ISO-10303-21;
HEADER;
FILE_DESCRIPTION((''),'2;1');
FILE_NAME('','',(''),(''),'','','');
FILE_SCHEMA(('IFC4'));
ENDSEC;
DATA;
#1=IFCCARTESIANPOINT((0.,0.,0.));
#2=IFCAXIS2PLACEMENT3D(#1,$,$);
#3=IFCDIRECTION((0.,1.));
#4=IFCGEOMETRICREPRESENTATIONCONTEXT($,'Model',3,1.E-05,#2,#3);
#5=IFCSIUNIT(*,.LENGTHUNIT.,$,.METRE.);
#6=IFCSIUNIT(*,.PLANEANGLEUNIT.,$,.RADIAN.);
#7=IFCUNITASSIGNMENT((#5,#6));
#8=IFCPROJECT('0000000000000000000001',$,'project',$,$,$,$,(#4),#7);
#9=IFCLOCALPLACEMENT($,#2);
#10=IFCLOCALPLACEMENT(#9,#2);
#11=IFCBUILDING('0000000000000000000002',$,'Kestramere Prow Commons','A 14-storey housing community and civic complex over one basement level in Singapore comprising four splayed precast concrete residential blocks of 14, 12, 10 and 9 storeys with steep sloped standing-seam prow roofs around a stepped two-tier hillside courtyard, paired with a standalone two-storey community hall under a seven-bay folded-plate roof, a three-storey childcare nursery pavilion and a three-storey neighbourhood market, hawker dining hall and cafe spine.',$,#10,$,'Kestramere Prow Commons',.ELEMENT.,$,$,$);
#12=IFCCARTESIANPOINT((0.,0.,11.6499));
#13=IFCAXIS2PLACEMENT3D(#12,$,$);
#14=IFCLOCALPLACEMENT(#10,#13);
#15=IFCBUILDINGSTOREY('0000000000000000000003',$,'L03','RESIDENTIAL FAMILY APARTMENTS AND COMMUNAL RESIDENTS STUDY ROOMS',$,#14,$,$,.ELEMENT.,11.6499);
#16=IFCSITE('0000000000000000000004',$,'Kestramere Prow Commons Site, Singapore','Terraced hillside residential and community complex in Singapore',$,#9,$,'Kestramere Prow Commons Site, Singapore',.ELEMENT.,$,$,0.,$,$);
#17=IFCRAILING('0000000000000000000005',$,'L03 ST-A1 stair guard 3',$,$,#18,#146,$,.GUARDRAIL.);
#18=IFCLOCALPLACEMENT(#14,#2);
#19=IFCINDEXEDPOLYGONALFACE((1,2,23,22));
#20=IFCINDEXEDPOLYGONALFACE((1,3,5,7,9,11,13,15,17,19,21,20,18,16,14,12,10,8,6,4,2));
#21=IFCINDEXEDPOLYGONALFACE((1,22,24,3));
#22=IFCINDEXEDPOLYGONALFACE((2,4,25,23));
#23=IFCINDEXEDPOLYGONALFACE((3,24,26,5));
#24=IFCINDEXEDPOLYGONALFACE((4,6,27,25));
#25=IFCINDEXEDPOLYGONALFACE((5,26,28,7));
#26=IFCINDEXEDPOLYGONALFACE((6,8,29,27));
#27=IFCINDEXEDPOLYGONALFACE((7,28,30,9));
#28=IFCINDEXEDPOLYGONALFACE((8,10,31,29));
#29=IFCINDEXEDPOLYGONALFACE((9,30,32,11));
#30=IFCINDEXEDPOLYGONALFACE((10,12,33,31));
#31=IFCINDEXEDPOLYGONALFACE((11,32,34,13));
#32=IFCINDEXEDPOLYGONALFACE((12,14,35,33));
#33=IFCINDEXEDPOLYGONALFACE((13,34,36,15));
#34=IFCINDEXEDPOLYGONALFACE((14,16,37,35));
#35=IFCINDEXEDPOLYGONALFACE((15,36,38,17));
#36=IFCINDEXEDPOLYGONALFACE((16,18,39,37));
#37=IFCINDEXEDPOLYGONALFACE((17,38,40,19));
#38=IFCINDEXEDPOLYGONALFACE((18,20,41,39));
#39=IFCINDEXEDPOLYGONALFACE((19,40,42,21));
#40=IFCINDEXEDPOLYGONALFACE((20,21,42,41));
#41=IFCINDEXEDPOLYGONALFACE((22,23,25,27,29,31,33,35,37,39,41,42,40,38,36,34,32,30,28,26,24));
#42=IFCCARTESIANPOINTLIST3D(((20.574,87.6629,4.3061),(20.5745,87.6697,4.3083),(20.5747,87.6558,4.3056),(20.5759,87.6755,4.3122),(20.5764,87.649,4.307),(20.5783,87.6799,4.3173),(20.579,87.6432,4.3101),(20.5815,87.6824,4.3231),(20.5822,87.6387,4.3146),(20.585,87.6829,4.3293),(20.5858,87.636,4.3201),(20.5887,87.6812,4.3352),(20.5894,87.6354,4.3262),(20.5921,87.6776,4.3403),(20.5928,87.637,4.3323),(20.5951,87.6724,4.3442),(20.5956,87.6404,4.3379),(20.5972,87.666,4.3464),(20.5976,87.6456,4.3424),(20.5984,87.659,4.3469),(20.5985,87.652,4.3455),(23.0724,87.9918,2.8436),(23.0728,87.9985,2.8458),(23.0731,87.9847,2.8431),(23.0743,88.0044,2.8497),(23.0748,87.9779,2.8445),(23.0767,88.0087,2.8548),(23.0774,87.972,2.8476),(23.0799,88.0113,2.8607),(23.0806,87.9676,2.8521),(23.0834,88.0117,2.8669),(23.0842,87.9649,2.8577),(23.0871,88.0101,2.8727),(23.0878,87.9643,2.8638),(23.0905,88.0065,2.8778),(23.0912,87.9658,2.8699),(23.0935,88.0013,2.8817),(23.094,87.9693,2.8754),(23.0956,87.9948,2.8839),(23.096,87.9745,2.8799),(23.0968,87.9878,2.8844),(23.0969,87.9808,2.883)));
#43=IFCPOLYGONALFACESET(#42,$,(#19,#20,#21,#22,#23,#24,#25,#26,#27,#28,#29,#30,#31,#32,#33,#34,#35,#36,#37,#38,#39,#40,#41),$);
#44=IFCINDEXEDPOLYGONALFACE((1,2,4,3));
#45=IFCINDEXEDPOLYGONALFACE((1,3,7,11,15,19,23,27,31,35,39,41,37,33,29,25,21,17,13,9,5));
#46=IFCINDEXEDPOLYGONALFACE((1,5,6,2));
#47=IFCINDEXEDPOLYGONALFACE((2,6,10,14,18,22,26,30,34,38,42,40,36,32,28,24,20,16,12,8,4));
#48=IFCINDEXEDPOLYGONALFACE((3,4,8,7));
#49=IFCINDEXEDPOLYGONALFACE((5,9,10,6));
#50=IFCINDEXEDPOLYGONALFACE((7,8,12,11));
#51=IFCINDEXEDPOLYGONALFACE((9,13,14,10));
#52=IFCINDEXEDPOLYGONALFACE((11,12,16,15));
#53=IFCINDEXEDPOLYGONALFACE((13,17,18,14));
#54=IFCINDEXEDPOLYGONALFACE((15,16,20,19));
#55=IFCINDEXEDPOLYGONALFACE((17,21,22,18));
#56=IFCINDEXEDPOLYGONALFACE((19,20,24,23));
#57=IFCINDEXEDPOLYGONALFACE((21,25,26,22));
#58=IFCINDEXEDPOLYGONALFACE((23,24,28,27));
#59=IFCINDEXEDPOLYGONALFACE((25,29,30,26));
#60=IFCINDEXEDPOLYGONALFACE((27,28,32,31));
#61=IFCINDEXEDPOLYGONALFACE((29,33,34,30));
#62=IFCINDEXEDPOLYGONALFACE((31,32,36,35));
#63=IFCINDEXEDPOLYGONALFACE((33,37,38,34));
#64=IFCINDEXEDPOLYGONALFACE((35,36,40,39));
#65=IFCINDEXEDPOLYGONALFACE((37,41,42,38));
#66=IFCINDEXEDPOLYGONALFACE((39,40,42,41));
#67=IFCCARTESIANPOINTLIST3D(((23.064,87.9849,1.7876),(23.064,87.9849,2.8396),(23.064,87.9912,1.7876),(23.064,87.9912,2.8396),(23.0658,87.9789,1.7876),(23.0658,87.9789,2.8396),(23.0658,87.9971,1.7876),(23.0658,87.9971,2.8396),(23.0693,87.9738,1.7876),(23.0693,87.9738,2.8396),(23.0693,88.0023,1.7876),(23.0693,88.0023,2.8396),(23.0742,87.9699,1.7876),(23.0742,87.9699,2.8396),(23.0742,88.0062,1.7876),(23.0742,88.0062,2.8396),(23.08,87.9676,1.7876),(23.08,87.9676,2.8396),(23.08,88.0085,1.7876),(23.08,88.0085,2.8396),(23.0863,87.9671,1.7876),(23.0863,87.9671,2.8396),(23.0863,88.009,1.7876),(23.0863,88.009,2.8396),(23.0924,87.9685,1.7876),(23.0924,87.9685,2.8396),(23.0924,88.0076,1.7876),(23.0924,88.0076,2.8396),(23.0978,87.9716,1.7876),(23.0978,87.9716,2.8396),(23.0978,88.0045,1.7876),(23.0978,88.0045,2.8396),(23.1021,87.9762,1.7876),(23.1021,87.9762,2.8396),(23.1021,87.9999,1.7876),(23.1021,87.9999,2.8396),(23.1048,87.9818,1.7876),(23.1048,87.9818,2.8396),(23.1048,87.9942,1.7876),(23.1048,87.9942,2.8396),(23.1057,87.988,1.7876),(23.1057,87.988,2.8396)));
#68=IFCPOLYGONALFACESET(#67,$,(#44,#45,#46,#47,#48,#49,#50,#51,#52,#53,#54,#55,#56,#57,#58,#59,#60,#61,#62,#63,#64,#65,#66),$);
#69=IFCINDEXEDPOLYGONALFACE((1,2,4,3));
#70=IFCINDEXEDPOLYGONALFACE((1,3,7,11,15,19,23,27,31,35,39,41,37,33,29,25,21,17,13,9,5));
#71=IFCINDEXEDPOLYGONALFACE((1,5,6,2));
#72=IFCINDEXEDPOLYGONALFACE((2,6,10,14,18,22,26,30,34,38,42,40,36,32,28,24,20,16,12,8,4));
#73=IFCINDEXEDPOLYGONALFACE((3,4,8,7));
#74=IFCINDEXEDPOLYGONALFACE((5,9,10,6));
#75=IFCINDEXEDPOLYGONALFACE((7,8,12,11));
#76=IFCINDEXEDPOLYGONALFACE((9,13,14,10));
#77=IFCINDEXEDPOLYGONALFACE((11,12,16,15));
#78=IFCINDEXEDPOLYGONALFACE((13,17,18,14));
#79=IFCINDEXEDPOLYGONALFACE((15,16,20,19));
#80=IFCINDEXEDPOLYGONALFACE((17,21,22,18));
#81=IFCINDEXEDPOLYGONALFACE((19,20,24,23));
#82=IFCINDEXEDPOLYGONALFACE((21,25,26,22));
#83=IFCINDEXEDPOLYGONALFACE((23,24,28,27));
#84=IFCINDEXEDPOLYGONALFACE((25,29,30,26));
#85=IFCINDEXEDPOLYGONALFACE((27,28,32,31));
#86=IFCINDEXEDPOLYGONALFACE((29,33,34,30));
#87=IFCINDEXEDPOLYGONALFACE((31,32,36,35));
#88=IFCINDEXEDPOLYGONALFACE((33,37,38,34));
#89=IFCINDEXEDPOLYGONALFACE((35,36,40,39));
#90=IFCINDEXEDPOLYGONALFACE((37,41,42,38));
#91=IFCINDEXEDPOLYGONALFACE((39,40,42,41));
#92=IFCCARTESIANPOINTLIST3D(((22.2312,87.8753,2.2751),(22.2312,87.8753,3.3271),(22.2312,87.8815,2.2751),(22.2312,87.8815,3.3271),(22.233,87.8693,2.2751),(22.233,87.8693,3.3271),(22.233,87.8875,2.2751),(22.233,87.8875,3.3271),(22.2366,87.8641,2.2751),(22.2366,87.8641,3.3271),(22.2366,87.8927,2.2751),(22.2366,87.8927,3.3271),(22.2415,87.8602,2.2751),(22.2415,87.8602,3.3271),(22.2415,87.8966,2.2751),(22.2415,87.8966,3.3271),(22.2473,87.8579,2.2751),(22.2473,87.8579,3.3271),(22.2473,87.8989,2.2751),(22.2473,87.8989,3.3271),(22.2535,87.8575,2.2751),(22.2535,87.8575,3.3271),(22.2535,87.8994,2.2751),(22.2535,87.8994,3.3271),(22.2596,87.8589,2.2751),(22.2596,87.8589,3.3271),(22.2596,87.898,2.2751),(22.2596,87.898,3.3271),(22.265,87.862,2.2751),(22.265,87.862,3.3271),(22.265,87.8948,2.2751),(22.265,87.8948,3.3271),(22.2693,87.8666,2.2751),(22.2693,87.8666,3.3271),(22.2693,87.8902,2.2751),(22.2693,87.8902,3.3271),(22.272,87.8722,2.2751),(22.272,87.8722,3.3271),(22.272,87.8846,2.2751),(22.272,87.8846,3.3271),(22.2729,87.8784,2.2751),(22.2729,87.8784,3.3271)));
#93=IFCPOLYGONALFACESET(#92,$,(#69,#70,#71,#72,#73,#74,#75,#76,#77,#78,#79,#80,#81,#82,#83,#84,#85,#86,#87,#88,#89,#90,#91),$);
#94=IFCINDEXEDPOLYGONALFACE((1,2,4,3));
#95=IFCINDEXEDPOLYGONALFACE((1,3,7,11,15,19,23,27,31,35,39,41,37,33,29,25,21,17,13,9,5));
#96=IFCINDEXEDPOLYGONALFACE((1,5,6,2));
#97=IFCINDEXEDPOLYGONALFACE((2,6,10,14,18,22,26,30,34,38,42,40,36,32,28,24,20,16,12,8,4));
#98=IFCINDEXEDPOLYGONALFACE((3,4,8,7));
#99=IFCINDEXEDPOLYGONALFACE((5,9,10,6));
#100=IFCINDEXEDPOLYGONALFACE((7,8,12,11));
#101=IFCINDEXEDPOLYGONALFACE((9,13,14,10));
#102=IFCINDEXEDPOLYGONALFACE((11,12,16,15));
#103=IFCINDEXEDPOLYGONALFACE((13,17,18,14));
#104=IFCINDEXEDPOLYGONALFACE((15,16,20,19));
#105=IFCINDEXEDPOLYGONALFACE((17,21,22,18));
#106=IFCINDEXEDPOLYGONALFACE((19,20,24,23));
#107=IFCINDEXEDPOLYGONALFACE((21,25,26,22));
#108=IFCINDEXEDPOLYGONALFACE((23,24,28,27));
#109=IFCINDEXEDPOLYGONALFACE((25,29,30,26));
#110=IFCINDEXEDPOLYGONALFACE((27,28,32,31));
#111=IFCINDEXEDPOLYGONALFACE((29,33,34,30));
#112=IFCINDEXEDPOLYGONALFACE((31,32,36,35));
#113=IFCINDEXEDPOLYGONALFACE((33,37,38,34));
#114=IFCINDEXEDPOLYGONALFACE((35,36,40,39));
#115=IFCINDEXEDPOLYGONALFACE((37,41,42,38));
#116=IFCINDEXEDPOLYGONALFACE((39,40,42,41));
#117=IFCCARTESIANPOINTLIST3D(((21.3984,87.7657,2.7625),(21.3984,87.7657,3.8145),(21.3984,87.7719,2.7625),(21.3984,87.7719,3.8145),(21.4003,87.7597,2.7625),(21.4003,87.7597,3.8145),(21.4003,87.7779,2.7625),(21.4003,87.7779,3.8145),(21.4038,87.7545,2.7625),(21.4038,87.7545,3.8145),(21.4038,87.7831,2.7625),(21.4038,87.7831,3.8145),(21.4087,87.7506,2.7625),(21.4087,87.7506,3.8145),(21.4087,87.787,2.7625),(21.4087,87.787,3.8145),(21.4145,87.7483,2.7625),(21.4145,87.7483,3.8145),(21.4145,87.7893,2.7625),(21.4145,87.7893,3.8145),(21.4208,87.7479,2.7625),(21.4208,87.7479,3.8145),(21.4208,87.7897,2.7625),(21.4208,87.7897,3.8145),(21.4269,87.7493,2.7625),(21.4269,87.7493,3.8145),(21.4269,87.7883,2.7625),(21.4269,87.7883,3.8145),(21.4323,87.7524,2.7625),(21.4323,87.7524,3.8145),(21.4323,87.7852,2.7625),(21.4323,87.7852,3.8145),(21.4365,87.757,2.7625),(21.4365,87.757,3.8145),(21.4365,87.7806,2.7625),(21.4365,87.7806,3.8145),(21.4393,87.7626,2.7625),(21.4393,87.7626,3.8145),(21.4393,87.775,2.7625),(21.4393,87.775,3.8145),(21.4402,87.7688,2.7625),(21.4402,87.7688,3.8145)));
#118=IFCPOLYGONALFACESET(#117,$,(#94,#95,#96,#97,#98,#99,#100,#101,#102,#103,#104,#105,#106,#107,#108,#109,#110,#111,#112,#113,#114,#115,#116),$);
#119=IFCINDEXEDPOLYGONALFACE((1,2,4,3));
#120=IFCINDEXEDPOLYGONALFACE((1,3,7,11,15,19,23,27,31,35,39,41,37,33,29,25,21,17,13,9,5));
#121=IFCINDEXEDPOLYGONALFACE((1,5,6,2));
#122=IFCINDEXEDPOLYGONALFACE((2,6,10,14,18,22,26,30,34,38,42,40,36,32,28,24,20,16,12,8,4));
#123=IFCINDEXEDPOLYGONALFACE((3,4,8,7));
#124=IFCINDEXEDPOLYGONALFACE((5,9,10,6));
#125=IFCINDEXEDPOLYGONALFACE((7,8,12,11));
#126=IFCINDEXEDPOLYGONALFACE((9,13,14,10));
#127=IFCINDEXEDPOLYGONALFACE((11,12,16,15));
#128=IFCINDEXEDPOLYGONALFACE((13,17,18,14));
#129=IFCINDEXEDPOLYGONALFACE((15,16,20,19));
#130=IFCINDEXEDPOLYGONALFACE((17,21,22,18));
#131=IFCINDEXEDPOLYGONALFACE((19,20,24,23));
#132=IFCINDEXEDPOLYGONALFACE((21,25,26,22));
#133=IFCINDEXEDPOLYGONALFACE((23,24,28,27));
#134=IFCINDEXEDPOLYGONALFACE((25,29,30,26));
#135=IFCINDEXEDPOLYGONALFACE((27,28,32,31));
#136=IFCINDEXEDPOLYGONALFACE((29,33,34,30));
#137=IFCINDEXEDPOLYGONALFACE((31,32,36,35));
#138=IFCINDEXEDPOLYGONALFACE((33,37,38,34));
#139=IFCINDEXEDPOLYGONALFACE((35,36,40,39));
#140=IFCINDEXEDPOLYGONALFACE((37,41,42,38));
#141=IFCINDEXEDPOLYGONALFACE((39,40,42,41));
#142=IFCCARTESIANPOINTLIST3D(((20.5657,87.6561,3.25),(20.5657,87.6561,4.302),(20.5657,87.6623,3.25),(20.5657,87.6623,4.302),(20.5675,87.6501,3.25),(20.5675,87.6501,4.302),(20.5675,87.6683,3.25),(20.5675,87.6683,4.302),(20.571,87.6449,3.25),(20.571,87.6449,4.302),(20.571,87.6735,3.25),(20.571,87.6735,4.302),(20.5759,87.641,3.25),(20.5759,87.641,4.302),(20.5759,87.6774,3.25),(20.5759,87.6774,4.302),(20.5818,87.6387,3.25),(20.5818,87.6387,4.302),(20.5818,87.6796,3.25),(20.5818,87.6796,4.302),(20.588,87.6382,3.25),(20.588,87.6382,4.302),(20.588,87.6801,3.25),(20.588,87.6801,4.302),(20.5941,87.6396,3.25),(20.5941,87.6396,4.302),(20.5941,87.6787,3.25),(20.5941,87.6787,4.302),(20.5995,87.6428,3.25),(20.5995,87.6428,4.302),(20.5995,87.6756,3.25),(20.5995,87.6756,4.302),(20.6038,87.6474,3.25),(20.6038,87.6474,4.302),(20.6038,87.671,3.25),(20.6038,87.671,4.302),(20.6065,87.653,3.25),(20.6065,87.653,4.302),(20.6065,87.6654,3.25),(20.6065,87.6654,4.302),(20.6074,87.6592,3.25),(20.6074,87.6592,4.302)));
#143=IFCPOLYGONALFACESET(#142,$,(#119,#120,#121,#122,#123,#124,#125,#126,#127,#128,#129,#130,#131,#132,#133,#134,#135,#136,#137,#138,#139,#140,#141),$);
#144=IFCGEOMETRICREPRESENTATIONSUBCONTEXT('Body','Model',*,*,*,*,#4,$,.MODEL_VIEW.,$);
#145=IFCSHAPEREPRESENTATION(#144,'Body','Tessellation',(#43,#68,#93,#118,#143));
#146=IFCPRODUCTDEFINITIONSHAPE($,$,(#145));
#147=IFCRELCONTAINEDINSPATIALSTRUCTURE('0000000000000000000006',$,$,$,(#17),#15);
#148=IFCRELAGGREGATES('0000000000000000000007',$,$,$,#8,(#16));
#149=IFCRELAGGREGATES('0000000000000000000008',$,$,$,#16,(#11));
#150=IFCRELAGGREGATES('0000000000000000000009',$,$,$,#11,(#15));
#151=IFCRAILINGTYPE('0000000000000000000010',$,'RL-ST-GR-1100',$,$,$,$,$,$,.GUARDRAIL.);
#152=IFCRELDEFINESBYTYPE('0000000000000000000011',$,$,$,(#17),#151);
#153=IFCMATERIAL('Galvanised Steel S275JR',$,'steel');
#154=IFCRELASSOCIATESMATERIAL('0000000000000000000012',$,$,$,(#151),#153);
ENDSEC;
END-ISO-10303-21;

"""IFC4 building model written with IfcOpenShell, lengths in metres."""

from ifc_helpers import new_model, si_unit, direction, frame, origin, origin_2d, place, context, subcontext, project, spatial, circle, extrude, material, type_object, element, save


model = new_model("IFC4")

# Units and contexts
model_context = context("Model", 3, precision=1e-05, world=origin(), true_north=direction((0.0, 1.0)))
body_context = subcontext(model_context, "Body", "Model", "MODEL_VIEW")
ifc_project = project(units=[si_unit("LENGTHUNIT", "METRE"), si_unit("PLANEANGLEUNIT", "RADIAN")], contexts=[model_context])

# Site, building, storey
site_placement = place(None, origin())
site = spatial("IfcSite", under=ifc_project, at=site_placement, Name="Kestramere Prow Commons Site, Singapore", Description="Terraced hillside residential and community complex in Singapore", LongName="Kestramere Prow Commons Site, Singapore", CompositionType="ELEMENT", RefElevation=0.0)
building_placement = place(site_placement, origin())
building = spatial("IfcBuilding", under=site, at=building_placement, Name="Kestramere Prow Commons", Description="A 14-storey housing community and civic complex over one basement level in Singapore comprising four splayed precast concrete residential blocks of 14, 12, 10 and 9 storeys with steep sloped standing-seam prow roofs around a stepped two-tier hillside courtyard, paired with a standalone two-storey community hall under a seven-bay folded-plate roof, a three-storey childcare nursery pavilion and a three-storey neighbourhood market, hawker dining hall and cafe spine.", LongName="Kestramere Prow Commons", CompositionType="ELEMENT")
storey_placement = place(building_placement, frame((0.0, 0.0, 11.6499)))
storey = spatial("IfcBuildingStorey", under=building, at=storey_placement, Name="L03", Description="RESIDENTIAL FAMILY APARTMENTS AND COMMUNAL RESIDENTS STUDY ROOMS", CompositionType="ELEMENT", Elevation=11.6499)

# Railing
ifc_material_1 = material(Name="Galvanised Steel S275JR", Category="steel")
railing_type_1 = type_object("IfcRailingType", Name="RL-ST-GR-1100", PredefinedType="GUARDRAIL", material=ifc_material_1)
railing_1_placement = place(storey_placement, frame((23.0847, 87.988, 1.7876)))
element("IfcRailing", 1, at=railing_1_placement, inside=storey, type_object=railing_type_1, Name="L03 ST-A1 stair guard 3", PredefinedType="GUARDRAIL", context=body_context, shape_type="SweptSolid", body=[
    extrude(circle(Radius=0.0239, at=origin_2d()), frame((0.0, 0.0, 1.0762), z_axis=(-0.857501, -0.112875, 0.501948), x_axis=(0.130507, -0.991447, 0.0)), (0.0, 0.0, 1.0), 2.9136),
    extrude(circle(Radius=0.021, at=origin_2d()), origin(), (0.0, 0.0, 1.0), 1.052),
    extrude(circle(Radius=0.021, at=origin_2d()), frame((-0.8328, -0.1096, 0.4875)), (0.0, 0.0, 1.0), 1.052),
    extrude(circle(Radius=0.021, at=origin_2d()), frame((-1.6655, -0.2192, 0.9749)), (0.0, 0.0, 1.0), 1.052),
    extrude(circle(Radius=0.021, at=origin_2d()), frame((-2.4983, -0.3289, 1.4624)), (0.0, 0.0, 1.0), 1.052),
])

save(model, "model.ifc")
